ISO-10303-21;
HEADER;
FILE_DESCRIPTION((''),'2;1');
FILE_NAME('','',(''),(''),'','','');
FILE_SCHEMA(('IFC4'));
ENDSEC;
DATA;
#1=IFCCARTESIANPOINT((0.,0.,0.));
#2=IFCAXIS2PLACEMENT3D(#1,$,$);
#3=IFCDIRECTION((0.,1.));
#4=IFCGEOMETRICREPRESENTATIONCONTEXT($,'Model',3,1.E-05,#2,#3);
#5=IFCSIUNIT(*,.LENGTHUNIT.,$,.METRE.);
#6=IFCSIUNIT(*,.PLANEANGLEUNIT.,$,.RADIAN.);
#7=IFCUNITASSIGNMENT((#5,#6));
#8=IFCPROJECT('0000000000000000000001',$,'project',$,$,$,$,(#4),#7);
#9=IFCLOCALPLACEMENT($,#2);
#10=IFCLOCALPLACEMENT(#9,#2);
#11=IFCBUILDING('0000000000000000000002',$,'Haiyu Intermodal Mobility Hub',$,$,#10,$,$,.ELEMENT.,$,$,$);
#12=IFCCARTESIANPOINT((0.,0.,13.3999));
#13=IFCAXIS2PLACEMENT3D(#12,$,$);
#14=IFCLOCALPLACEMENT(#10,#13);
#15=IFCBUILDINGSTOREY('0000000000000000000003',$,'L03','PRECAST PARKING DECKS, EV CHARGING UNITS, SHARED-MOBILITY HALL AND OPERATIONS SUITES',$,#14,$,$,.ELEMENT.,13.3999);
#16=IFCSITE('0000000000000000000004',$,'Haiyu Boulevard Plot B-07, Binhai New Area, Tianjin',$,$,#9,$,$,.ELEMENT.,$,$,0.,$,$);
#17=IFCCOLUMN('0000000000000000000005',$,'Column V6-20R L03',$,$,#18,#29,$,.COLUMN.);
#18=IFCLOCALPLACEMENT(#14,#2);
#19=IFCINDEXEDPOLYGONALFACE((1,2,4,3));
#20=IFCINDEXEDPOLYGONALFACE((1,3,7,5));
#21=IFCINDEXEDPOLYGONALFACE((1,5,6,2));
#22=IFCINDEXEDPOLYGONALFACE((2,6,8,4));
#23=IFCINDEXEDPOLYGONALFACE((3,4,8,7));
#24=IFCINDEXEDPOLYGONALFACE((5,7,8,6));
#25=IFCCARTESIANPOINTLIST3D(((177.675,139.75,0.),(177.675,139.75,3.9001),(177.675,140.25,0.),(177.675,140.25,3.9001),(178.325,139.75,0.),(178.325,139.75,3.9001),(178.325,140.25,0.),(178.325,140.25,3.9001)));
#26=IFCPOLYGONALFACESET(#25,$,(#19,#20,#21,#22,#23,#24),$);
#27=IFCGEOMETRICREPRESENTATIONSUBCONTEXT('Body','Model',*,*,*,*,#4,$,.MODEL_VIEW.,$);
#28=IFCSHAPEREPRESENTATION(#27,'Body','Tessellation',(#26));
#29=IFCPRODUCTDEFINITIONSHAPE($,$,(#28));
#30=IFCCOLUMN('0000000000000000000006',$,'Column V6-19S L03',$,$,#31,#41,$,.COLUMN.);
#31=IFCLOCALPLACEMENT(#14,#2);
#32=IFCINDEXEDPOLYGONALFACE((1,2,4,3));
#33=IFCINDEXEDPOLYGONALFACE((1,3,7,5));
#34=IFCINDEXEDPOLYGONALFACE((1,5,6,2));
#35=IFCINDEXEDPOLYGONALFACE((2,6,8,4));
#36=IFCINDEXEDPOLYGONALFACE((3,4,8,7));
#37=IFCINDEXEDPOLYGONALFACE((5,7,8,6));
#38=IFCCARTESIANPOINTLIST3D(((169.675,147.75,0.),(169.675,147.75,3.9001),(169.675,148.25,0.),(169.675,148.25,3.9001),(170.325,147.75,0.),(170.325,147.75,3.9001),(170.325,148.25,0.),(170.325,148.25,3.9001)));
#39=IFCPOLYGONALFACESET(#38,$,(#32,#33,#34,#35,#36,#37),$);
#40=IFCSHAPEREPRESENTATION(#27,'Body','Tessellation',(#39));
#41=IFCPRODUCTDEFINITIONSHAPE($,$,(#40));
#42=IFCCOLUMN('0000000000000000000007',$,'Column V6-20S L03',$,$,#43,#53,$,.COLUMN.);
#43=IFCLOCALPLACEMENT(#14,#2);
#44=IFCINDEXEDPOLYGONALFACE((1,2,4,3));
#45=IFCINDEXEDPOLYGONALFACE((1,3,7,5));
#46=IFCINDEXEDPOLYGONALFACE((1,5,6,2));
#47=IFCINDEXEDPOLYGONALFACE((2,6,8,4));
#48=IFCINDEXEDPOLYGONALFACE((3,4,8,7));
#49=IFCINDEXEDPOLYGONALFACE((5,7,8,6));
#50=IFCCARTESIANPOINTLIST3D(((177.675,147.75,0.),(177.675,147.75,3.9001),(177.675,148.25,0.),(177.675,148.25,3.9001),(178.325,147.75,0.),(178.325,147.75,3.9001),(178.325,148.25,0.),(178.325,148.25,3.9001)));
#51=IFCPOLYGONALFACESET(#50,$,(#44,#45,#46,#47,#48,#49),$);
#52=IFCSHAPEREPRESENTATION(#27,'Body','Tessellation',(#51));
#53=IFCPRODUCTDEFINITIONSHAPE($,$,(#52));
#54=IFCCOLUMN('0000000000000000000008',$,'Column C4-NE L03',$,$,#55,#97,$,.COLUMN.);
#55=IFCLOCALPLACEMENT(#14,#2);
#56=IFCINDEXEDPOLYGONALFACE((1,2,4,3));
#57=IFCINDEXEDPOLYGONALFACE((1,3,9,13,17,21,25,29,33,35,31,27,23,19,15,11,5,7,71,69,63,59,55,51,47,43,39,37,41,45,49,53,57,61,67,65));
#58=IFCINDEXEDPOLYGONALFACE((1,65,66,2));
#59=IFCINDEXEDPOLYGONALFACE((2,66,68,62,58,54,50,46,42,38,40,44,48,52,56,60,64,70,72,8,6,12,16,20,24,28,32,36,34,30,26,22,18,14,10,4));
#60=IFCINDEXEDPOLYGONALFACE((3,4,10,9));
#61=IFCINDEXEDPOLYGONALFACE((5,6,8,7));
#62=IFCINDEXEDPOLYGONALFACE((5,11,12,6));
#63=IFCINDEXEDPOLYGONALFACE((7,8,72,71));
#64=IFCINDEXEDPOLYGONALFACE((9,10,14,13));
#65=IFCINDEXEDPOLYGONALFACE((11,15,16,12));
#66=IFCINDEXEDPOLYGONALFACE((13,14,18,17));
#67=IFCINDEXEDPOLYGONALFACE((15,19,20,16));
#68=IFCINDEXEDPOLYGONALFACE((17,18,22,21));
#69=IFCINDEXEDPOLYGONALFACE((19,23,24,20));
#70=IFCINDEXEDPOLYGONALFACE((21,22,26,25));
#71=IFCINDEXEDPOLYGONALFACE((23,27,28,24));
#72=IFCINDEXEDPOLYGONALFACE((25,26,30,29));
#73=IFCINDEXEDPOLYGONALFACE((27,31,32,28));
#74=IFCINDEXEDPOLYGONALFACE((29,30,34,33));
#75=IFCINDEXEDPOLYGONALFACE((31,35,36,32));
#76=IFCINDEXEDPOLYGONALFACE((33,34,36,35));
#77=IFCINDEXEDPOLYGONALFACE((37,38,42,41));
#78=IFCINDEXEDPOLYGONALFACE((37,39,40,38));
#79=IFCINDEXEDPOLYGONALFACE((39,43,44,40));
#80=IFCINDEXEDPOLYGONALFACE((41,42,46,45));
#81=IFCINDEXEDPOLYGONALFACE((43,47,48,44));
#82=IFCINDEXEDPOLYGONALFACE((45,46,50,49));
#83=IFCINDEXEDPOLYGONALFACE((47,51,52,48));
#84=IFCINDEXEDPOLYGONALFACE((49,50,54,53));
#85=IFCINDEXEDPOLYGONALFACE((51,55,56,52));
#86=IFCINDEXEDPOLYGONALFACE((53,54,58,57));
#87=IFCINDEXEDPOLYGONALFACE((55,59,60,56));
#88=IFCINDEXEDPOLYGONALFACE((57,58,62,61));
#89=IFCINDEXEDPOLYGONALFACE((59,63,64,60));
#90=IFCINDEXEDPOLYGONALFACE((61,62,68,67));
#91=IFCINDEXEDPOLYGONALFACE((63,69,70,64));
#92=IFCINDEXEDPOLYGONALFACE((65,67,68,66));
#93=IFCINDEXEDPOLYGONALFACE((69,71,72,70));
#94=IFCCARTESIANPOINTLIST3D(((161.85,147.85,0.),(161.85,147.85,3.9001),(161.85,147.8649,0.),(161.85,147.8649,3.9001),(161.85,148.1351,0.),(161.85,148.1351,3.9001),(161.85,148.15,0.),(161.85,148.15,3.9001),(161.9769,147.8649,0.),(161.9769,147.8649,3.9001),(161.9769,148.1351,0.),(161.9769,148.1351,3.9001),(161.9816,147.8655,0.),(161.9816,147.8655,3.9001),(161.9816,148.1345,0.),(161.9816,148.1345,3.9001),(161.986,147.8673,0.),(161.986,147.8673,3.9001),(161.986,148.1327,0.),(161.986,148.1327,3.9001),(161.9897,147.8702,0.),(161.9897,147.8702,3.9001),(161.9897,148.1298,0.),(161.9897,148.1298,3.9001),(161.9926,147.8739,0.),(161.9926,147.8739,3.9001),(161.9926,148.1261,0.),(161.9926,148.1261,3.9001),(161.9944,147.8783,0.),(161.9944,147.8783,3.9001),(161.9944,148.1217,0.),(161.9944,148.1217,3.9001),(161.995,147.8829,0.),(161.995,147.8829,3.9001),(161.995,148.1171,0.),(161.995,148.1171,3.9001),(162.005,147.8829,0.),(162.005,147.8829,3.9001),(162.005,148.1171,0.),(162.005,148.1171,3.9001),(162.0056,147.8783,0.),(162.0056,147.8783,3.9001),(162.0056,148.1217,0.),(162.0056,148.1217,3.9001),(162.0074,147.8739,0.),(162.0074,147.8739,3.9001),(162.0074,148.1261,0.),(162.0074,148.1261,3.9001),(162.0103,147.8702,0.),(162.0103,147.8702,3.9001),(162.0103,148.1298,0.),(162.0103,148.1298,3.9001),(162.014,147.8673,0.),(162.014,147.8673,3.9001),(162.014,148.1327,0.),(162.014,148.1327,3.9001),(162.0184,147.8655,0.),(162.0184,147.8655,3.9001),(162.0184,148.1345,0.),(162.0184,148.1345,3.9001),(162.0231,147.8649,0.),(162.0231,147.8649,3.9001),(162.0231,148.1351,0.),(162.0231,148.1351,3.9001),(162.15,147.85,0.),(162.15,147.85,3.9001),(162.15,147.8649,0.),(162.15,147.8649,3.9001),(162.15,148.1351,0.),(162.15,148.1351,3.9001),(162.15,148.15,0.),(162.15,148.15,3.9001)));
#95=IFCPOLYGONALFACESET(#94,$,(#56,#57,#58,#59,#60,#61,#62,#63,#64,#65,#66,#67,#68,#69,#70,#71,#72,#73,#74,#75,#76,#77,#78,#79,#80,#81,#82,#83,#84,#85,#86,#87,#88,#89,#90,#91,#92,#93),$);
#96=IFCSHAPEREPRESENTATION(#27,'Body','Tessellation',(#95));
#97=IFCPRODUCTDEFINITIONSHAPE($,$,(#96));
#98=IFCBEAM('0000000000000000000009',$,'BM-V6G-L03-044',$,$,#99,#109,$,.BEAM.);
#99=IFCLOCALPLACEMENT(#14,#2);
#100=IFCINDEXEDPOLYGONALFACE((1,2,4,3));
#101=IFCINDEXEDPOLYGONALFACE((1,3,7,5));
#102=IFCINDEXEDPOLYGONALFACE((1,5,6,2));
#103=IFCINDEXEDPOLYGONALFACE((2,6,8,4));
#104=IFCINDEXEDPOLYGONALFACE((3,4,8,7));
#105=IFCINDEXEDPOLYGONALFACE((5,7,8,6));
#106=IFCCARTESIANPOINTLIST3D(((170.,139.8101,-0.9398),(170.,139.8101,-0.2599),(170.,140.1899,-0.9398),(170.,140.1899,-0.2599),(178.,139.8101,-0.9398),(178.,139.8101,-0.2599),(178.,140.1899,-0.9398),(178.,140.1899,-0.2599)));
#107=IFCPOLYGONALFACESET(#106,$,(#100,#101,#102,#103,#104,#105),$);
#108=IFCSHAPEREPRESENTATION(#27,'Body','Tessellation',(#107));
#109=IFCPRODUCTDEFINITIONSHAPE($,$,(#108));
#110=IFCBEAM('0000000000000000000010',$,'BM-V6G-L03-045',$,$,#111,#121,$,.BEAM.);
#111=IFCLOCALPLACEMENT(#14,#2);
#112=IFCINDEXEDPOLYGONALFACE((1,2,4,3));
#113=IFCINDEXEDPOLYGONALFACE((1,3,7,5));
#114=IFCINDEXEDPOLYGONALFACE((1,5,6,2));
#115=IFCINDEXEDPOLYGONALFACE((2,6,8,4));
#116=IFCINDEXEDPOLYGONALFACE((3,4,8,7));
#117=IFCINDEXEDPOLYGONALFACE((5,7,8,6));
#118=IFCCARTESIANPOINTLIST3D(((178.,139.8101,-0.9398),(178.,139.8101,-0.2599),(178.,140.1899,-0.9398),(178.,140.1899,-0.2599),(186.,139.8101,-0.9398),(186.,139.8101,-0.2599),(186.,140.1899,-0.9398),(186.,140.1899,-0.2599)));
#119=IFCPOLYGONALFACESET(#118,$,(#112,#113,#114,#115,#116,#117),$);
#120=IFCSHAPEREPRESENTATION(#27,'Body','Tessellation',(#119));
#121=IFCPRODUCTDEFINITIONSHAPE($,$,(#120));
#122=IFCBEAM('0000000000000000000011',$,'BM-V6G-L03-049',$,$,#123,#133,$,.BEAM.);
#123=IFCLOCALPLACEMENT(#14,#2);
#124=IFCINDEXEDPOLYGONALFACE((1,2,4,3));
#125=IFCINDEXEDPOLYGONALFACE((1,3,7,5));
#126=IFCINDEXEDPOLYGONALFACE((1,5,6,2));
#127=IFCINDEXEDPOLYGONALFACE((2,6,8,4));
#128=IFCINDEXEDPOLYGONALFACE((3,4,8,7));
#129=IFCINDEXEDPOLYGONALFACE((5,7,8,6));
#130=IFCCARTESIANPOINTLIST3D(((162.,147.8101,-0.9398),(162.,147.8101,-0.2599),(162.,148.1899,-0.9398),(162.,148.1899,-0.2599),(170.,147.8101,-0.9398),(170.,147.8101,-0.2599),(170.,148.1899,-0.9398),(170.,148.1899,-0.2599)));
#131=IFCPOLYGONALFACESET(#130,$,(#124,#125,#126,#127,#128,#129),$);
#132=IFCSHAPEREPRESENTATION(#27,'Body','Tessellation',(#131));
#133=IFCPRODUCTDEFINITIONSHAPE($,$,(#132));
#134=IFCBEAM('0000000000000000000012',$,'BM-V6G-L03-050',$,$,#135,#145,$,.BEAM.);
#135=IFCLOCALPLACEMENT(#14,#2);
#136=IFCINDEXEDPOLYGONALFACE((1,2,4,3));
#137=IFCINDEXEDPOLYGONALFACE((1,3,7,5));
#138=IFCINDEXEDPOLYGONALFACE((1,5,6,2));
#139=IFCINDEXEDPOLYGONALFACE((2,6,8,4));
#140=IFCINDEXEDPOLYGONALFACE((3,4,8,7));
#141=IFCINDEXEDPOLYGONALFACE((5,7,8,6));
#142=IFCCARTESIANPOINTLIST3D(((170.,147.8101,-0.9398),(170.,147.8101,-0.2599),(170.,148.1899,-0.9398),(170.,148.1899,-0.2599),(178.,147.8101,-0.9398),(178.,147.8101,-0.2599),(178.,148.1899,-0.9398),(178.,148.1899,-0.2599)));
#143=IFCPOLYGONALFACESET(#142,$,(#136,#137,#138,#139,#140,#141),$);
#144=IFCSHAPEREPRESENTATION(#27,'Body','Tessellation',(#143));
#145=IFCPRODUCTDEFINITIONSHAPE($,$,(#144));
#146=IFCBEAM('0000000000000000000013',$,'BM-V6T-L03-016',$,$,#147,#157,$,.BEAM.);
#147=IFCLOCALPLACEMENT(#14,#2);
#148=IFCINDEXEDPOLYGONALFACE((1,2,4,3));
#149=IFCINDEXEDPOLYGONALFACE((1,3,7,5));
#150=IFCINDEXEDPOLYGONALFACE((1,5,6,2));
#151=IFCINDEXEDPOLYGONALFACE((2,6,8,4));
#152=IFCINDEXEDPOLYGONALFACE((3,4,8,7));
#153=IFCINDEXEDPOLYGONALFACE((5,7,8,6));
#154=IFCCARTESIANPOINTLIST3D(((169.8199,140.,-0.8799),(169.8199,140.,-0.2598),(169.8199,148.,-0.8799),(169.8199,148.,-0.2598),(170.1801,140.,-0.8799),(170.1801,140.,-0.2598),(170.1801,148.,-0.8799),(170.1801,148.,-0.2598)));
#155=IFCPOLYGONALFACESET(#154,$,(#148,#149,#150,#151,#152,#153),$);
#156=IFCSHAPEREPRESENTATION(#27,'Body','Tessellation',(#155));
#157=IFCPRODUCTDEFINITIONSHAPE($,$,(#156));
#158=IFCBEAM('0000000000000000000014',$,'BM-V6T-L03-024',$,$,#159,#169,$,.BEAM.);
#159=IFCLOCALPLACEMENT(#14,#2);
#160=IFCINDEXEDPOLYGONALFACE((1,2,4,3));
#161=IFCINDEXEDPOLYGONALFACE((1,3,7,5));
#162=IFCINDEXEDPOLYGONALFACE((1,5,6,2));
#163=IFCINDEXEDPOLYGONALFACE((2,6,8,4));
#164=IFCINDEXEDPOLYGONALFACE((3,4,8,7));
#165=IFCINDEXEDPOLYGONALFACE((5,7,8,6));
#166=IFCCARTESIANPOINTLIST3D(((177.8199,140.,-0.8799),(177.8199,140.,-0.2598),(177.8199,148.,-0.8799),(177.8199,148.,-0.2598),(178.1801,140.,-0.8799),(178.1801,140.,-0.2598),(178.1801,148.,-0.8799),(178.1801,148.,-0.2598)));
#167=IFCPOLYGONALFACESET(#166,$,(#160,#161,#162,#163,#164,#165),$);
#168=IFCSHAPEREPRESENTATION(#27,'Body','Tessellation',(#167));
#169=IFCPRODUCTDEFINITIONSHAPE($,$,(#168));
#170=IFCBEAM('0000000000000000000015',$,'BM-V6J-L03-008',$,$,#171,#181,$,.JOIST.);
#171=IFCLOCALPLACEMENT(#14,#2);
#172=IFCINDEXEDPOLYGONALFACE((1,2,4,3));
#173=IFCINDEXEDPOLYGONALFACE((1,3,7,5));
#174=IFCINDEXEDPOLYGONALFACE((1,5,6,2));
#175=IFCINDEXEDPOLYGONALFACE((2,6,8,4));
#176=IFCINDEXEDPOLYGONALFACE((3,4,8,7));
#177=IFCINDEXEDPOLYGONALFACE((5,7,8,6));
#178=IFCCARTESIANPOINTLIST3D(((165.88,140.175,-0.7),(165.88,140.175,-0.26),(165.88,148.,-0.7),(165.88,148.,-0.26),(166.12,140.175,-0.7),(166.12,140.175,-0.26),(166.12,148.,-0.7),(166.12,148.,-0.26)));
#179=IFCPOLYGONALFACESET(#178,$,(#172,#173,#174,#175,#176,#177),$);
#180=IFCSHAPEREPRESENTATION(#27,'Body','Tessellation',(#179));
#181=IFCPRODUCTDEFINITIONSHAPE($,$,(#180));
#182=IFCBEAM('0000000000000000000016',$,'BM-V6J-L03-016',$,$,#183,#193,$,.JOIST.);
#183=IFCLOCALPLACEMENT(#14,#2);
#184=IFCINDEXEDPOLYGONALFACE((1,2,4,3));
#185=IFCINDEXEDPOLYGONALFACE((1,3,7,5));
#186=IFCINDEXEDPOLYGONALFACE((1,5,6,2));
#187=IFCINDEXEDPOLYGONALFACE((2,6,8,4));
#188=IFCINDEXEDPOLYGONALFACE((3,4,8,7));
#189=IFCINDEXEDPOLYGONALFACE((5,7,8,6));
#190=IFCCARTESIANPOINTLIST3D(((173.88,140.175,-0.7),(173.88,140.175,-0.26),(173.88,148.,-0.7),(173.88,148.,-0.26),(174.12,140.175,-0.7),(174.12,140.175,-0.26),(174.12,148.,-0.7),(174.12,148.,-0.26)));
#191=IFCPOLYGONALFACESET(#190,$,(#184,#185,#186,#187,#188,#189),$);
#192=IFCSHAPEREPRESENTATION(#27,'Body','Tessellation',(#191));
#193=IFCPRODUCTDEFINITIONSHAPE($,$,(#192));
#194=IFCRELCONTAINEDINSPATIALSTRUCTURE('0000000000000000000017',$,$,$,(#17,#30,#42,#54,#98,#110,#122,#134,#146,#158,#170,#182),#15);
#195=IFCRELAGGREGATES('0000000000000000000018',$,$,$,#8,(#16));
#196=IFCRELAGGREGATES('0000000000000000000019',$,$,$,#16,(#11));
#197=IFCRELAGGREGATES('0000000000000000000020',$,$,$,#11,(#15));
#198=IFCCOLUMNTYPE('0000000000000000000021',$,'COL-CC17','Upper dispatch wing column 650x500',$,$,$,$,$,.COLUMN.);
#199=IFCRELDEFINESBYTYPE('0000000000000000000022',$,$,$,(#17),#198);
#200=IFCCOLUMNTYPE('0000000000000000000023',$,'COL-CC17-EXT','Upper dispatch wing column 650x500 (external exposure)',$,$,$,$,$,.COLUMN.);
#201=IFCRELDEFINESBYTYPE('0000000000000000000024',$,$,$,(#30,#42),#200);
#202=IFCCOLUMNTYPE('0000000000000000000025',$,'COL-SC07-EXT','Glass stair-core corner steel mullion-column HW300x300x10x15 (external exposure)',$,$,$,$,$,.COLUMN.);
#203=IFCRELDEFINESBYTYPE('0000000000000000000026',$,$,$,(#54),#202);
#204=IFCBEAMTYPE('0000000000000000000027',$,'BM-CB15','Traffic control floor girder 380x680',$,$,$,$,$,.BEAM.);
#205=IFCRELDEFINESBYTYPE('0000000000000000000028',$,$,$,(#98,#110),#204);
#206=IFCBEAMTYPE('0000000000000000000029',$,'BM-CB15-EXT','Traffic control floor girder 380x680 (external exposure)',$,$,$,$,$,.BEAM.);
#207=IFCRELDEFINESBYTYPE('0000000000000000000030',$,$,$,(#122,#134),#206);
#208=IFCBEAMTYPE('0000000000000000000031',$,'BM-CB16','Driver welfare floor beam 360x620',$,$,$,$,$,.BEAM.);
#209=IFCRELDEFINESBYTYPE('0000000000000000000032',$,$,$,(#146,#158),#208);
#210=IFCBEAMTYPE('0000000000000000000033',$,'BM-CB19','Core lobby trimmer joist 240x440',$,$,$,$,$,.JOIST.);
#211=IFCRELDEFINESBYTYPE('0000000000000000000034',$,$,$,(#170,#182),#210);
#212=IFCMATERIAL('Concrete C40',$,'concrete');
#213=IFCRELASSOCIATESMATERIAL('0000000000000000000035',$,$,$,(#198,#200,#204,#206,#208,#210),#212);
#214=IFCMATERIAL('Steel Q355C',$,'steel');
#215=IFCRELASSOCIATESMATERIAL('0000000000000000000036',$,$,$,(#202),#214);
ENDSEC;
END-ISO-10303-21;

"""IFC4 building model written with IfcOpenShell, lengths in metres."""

from ifc_helpers import new_model, si_unit, direction, frame, origin, origin_2d, place, context, subcontext, project, spatial, rectangle, i_section, extrude, material, material_profile, profile_set, type_object, element, save


model = new_model("IFC4")

# Units and contexts
model_context = context("Model", 3, precision=1e-05, world=origin(), true_north=direction((0.0, 1.0)))
body_context = subcontext(model_context, "Body", "Model", "MODEL_VIEW")
ifc_project = project(units=[si_unit("LENGTHUNIT", "METRE"), si_unit("PLANEANGLEUNIT", "RADIAN")], contexts=[model_context])

# Site, building, storey
site_placement = place(None, origin())
site = spatial("IfcSite", under=ifc_project, at=site_placement, Name="Haiyu Boulevard Plot B-07, Binhai New Area, Tianjin", CompositionType="ELEMENT", RefElevation=0.0)
building_placement = place(site_placement, origin())
building = spatial("IfcBuilding", under=site, at=building_placement, Name="Haiyu Intermodal Mobility Hub", CompositionType="ELEMENT")
storey_placement = place(building_placement, frame((0.0, 0.0, 13.3999)))
storey = spatial("IfcBuildingStorey", under=building, at=storey_placement, Name="L03", Description="PRECAST PARKING DECKS, EV CHARGING UNITS, SHARED-MOBILITY HALL AND OPERATIONS SUITES", CompositionType="ELEMENT", Elevation=13.3999)

# Columns
ifc_material_1 = material(Name="Concrete C40", Category="concrete")
ifc_material_profile_1 = material_profile(ifc_material_1, rectangle(XDim=0.6499, YDim=0.5, at=origin_2d()), Name="C650x500")
ifc_profile_set_1 = profile_set([ifc_material_profile_1], Name="Concrete C40")
column_type_1 = type_object("IfcColumnType", Name="COL-CC17", Description="Upper dispatch wing column 650x500", PredefinedType="COLUMN", material=ifc_profile_set_1)
column_1_placement = place(storey_placement, frame((178.0, 140.0, 0.0), z_axis=(0.0, 0.0, 1.0), x_axis=(1.0, 0.0, 0.0)))
element("IfcColumn", 1, at=column_1_placement, inside=storey, type_object=column_type_1, Name="Column V6-20R L03", PredefinedType="COLUMN", context=body_context, shape_type="SweptSolid", body=[
    extrude(rectangle(XDim=0.6499, YDim=0.5, at=origin_2d()), origin(), (0.0, 0.0, 1.0), 3.9001),
])
ifc_material_profile_2 = material_profile(ifc_material_1, rectangle(XDim=0.6499, YDim=0.5, at=origin_2d()), Name="C650x500")
ifc_profile_set_2 = profile_set([ifc_material_profile_2], Name="Concrete C40")
column_type_2 = type_object("IfcColumnType", Name="COL-CC17-EXT", Description="Upper dispatch wing column 650x500 (external exposure)", PredefinedType="COLUMN", material=ifc_profile_set_2)
for number, where, z_axis, x_axis, name in (
    (2, (170.0, 148.0, 0.0), (0.0, 0.0, 1.0), (1.0, 0.0, 0.0), "Column V6-19S L03"),
    (3, (178.0, 148.0, 0.0), (0.0, 0.0, 1.0), (1.0, 0.0, 0.0), "Column V6-20S L03"),
):
    element("IfcColumn", number, at=place(storey_placement, frame(where, z_axis=z_axis, x_axis=x_axis)), inside=storey, type_object=column_type_2, Name=name, PredefinedType="COLUMN", context=body_context, shape_type="SweptSolid", body=[
        extrude(rectangle(XDim=0.6499, YDim=0.5, at=origin_2d()), origin(), (0.0, 0.0, 1.0), 3.9001),
    ])
ifc_material_2 = material(Name="Steel Q355C", Category="steel")
ifc_material_profile_3 = material_profile(ifc_material_2, i_section(OverallWidth=0.3, OverallDepth=0.3, WebThickness=0.01, FlangeThickness=0.0149, FilletRadius=0.0181, at=origin_2d()), Name="HW300x300x10x15")
ifc_profile_set_3 = profile_set([ifc_material_profile_3], Name="Steel Q355C")
column_type_3 = type_object("IfcColumnType", Name="COL-SC07-EXT", Description="Glass stair-core corner steel mullion-column HW300x300x10x15 (external exposure)", PredefinedType="COLUMN", material=ifc_profile_set_3)
column_2_placement = place(storey_placement, frame((162.0, 148.0, 0.0), z_axis=(0.0, 0.0, 1.0), x_axis=(1.0, 0.0, 0.0)))
element("IfcColumn", 4, at=column_2_placement, inside=storey, type_object=column_type_3, Name="Column C4-NE L03", PredefinedType="COLUMN", context=body_context, shape_type="SweptSolid", body=[
    extrude(i_section(OverallWidth=0.3, OverallDepth=0.3, WebThickness=0.01, FlangeThickness=0.0149, FilletRadius=0.0181, at=origin_2d()), origin(), (0.0, 0.0, 1.0), 3.9001),
])

# Beams
ifc_material_profile_4 = material_profile(ifc_material_1, rectangle(XDim=0.3799, YDim=0.6799, at=origin_2d()), Name="B380x680")
ifc_profile_set_4 = profile_set([ifc_material_profile_4], Name="Concrete C40")
beam_type_1 = type_object("IfcBeamType", Name="BM-CB15", Description="Traffic control floor girder 380x680", PredefinedType="BEAM", material=ifc_profile_set_4)
for number, where, z_axis, x_axis, name in (
    (5, (170.0, 140.0, -0.5999), (1.0, 0.0, 0.0), (0.0, 1.0, 0.0), "BM-V6G-L03-044"),
    (6, (178.0, 140.0, -0.5999), (1.0, 0.0, 0.0), (0.0, 1.0, 0.0), "BM-V6G-L03-045"),
):
    element("IfcBeam", number, at=place(storey_placement, frame(where, z_axis=z_axis, x_axis=x_axis)), inside=storey, type_object=beam_type_1, Name=name, PredefinedType="BEAM", context=body_context, shape_type="SweptSolid", body=[
        extrude(rectangle(XDim=0.3799, YDim=0.6799, at=origin_2d()), origin(), (0.0, 0.0, 1.0), 8.0),
    ])
ifc_material_profile_5 = material_profile(ifc_material_1, rectangle(XDim=0.3799, YDim=0.6799, at=origin_2d()), Name="B380x680")
ifc_profile_set_5 = profile_set([ifc_material_profile_5], Name="Concrete C40")
beam_type_2 = type_object("IfcBeamType", Name="BM-CB15-EXT", Description="Traffic control floor girder 380x680 (external exposure)", PredefinedType="BEAM", material=ifc_profile_set_5)
for number, where, z_axis, x_axis, name in (
    (7, (162.0, 148.0, -0.5999), (1.0, 0.0, 0.0), (0.0, 1.0, 0.0), "BM-V6G-L03-049"),
    (8, (170.0, 148.0, -0.5999), (1.0, 0.0, 0.0), (0.0, 1.0, 0.0), "BM-V6G-L03-050"),
):
    element("IfcBeam", number, at=place(storey_placement, frame(where, z_axis=z_axis, x_axis=x_axis)), inside=storey, type_object=beam_type_2, Name=name, PredefinedType="BEAM", context=body_context, shape_type="SweptSolid", body=[
        extrude(rectangle(XDim=0.3799, YDim=0.6799, at=origin_2d()), origin(), (0.0, 0.0, 1.0), 8.0),
    ])
ifc_material_profile_6 = material_profile(ifc_material_1, rectangle(XDim=0.3601, YDim=0.6201, at=origin_2d()), Name="B360x620")
ifc_profile_set_6 = profile_set([ifc_material_profile_6], Name="Concrete C40")
beam_type_3 = type_object("IfcBeamType", Name="BM-CB16", Description="Driver welfare floor beam 360x620", PredefinedType="BEAM", material=ifc_profile_set_6)
for number, where, z_axis, x_axis, name in (
    (9, (170.0, 140.0, -0.5698), (0.0, 1.0, 0.0), (-1.0, 0.0, 0.0), "BM-V6T-L03-016"),
    (10, (178.0, 140.0, -0.5698), (0.0, 1.0, 0.0), (-1.0, 0.0, 0.0), "BM-V6T-L03-024"),
):
    element("IfcBeam", number, at=place(storey_placement, frame(where, z_axis=z_axis, x_axis=x_axis)), inside=storey, type_object=beam_type_3, Name=name, PredefinedType="BEAM", context=body_context, shape_type="SweptSolid", body=[
        extrude(rectangle(XDim=0.3601, YDim=0.6201, at=origin_2d()), origin(), (0.0, 0.0, 1.0), 8.0),
    ])
ifc_material_profile_7 = material_profile(ifc_material_1, rectangle(XDim=0.24, YDim=0.4399, at=origin_2d()), Name="B240x440")
ifc_profile_set_7 = profile_set([ifc_material_profile_7], Name="Concrete C40")
beam_type_4 = type_object("IfcBeamType", Name="BM-CB19", Description="Core lobby trimmer joist 240x440", PredefinedType="JOIST", material=ifc_profile_set_7)
for number, where, z_axis, x_axis, name in (
    (11, (166.0, 140.175, -0.48), (0.0, 1.0, 0.0), (-1.0, 0.0, 0.0), "BM-V6J-L03-008"),
    (12, (174.0, 140.175, -0.48), (0.0, 1.0, 0.0), (-1.0, 0.0, 0.0), "BM-V6J-L03-016"),
):
    element("IfcBeam", number, at=place(storey_placement, frame(where, z_axis=z_axis, x_axis=x_axis)), inside=storey, type_object=beam_type_4, Name=name, PredefinedType="JOIST", context=body_context, shape_type="SweptSolid", body=[
        extrude(rectangle(XDim=0.24, YDim=0.4399, at=origin_2d()), origin(), (0.0, 0.0, 1.0), 7.825),
    ])

save(model, "model.ifc")
